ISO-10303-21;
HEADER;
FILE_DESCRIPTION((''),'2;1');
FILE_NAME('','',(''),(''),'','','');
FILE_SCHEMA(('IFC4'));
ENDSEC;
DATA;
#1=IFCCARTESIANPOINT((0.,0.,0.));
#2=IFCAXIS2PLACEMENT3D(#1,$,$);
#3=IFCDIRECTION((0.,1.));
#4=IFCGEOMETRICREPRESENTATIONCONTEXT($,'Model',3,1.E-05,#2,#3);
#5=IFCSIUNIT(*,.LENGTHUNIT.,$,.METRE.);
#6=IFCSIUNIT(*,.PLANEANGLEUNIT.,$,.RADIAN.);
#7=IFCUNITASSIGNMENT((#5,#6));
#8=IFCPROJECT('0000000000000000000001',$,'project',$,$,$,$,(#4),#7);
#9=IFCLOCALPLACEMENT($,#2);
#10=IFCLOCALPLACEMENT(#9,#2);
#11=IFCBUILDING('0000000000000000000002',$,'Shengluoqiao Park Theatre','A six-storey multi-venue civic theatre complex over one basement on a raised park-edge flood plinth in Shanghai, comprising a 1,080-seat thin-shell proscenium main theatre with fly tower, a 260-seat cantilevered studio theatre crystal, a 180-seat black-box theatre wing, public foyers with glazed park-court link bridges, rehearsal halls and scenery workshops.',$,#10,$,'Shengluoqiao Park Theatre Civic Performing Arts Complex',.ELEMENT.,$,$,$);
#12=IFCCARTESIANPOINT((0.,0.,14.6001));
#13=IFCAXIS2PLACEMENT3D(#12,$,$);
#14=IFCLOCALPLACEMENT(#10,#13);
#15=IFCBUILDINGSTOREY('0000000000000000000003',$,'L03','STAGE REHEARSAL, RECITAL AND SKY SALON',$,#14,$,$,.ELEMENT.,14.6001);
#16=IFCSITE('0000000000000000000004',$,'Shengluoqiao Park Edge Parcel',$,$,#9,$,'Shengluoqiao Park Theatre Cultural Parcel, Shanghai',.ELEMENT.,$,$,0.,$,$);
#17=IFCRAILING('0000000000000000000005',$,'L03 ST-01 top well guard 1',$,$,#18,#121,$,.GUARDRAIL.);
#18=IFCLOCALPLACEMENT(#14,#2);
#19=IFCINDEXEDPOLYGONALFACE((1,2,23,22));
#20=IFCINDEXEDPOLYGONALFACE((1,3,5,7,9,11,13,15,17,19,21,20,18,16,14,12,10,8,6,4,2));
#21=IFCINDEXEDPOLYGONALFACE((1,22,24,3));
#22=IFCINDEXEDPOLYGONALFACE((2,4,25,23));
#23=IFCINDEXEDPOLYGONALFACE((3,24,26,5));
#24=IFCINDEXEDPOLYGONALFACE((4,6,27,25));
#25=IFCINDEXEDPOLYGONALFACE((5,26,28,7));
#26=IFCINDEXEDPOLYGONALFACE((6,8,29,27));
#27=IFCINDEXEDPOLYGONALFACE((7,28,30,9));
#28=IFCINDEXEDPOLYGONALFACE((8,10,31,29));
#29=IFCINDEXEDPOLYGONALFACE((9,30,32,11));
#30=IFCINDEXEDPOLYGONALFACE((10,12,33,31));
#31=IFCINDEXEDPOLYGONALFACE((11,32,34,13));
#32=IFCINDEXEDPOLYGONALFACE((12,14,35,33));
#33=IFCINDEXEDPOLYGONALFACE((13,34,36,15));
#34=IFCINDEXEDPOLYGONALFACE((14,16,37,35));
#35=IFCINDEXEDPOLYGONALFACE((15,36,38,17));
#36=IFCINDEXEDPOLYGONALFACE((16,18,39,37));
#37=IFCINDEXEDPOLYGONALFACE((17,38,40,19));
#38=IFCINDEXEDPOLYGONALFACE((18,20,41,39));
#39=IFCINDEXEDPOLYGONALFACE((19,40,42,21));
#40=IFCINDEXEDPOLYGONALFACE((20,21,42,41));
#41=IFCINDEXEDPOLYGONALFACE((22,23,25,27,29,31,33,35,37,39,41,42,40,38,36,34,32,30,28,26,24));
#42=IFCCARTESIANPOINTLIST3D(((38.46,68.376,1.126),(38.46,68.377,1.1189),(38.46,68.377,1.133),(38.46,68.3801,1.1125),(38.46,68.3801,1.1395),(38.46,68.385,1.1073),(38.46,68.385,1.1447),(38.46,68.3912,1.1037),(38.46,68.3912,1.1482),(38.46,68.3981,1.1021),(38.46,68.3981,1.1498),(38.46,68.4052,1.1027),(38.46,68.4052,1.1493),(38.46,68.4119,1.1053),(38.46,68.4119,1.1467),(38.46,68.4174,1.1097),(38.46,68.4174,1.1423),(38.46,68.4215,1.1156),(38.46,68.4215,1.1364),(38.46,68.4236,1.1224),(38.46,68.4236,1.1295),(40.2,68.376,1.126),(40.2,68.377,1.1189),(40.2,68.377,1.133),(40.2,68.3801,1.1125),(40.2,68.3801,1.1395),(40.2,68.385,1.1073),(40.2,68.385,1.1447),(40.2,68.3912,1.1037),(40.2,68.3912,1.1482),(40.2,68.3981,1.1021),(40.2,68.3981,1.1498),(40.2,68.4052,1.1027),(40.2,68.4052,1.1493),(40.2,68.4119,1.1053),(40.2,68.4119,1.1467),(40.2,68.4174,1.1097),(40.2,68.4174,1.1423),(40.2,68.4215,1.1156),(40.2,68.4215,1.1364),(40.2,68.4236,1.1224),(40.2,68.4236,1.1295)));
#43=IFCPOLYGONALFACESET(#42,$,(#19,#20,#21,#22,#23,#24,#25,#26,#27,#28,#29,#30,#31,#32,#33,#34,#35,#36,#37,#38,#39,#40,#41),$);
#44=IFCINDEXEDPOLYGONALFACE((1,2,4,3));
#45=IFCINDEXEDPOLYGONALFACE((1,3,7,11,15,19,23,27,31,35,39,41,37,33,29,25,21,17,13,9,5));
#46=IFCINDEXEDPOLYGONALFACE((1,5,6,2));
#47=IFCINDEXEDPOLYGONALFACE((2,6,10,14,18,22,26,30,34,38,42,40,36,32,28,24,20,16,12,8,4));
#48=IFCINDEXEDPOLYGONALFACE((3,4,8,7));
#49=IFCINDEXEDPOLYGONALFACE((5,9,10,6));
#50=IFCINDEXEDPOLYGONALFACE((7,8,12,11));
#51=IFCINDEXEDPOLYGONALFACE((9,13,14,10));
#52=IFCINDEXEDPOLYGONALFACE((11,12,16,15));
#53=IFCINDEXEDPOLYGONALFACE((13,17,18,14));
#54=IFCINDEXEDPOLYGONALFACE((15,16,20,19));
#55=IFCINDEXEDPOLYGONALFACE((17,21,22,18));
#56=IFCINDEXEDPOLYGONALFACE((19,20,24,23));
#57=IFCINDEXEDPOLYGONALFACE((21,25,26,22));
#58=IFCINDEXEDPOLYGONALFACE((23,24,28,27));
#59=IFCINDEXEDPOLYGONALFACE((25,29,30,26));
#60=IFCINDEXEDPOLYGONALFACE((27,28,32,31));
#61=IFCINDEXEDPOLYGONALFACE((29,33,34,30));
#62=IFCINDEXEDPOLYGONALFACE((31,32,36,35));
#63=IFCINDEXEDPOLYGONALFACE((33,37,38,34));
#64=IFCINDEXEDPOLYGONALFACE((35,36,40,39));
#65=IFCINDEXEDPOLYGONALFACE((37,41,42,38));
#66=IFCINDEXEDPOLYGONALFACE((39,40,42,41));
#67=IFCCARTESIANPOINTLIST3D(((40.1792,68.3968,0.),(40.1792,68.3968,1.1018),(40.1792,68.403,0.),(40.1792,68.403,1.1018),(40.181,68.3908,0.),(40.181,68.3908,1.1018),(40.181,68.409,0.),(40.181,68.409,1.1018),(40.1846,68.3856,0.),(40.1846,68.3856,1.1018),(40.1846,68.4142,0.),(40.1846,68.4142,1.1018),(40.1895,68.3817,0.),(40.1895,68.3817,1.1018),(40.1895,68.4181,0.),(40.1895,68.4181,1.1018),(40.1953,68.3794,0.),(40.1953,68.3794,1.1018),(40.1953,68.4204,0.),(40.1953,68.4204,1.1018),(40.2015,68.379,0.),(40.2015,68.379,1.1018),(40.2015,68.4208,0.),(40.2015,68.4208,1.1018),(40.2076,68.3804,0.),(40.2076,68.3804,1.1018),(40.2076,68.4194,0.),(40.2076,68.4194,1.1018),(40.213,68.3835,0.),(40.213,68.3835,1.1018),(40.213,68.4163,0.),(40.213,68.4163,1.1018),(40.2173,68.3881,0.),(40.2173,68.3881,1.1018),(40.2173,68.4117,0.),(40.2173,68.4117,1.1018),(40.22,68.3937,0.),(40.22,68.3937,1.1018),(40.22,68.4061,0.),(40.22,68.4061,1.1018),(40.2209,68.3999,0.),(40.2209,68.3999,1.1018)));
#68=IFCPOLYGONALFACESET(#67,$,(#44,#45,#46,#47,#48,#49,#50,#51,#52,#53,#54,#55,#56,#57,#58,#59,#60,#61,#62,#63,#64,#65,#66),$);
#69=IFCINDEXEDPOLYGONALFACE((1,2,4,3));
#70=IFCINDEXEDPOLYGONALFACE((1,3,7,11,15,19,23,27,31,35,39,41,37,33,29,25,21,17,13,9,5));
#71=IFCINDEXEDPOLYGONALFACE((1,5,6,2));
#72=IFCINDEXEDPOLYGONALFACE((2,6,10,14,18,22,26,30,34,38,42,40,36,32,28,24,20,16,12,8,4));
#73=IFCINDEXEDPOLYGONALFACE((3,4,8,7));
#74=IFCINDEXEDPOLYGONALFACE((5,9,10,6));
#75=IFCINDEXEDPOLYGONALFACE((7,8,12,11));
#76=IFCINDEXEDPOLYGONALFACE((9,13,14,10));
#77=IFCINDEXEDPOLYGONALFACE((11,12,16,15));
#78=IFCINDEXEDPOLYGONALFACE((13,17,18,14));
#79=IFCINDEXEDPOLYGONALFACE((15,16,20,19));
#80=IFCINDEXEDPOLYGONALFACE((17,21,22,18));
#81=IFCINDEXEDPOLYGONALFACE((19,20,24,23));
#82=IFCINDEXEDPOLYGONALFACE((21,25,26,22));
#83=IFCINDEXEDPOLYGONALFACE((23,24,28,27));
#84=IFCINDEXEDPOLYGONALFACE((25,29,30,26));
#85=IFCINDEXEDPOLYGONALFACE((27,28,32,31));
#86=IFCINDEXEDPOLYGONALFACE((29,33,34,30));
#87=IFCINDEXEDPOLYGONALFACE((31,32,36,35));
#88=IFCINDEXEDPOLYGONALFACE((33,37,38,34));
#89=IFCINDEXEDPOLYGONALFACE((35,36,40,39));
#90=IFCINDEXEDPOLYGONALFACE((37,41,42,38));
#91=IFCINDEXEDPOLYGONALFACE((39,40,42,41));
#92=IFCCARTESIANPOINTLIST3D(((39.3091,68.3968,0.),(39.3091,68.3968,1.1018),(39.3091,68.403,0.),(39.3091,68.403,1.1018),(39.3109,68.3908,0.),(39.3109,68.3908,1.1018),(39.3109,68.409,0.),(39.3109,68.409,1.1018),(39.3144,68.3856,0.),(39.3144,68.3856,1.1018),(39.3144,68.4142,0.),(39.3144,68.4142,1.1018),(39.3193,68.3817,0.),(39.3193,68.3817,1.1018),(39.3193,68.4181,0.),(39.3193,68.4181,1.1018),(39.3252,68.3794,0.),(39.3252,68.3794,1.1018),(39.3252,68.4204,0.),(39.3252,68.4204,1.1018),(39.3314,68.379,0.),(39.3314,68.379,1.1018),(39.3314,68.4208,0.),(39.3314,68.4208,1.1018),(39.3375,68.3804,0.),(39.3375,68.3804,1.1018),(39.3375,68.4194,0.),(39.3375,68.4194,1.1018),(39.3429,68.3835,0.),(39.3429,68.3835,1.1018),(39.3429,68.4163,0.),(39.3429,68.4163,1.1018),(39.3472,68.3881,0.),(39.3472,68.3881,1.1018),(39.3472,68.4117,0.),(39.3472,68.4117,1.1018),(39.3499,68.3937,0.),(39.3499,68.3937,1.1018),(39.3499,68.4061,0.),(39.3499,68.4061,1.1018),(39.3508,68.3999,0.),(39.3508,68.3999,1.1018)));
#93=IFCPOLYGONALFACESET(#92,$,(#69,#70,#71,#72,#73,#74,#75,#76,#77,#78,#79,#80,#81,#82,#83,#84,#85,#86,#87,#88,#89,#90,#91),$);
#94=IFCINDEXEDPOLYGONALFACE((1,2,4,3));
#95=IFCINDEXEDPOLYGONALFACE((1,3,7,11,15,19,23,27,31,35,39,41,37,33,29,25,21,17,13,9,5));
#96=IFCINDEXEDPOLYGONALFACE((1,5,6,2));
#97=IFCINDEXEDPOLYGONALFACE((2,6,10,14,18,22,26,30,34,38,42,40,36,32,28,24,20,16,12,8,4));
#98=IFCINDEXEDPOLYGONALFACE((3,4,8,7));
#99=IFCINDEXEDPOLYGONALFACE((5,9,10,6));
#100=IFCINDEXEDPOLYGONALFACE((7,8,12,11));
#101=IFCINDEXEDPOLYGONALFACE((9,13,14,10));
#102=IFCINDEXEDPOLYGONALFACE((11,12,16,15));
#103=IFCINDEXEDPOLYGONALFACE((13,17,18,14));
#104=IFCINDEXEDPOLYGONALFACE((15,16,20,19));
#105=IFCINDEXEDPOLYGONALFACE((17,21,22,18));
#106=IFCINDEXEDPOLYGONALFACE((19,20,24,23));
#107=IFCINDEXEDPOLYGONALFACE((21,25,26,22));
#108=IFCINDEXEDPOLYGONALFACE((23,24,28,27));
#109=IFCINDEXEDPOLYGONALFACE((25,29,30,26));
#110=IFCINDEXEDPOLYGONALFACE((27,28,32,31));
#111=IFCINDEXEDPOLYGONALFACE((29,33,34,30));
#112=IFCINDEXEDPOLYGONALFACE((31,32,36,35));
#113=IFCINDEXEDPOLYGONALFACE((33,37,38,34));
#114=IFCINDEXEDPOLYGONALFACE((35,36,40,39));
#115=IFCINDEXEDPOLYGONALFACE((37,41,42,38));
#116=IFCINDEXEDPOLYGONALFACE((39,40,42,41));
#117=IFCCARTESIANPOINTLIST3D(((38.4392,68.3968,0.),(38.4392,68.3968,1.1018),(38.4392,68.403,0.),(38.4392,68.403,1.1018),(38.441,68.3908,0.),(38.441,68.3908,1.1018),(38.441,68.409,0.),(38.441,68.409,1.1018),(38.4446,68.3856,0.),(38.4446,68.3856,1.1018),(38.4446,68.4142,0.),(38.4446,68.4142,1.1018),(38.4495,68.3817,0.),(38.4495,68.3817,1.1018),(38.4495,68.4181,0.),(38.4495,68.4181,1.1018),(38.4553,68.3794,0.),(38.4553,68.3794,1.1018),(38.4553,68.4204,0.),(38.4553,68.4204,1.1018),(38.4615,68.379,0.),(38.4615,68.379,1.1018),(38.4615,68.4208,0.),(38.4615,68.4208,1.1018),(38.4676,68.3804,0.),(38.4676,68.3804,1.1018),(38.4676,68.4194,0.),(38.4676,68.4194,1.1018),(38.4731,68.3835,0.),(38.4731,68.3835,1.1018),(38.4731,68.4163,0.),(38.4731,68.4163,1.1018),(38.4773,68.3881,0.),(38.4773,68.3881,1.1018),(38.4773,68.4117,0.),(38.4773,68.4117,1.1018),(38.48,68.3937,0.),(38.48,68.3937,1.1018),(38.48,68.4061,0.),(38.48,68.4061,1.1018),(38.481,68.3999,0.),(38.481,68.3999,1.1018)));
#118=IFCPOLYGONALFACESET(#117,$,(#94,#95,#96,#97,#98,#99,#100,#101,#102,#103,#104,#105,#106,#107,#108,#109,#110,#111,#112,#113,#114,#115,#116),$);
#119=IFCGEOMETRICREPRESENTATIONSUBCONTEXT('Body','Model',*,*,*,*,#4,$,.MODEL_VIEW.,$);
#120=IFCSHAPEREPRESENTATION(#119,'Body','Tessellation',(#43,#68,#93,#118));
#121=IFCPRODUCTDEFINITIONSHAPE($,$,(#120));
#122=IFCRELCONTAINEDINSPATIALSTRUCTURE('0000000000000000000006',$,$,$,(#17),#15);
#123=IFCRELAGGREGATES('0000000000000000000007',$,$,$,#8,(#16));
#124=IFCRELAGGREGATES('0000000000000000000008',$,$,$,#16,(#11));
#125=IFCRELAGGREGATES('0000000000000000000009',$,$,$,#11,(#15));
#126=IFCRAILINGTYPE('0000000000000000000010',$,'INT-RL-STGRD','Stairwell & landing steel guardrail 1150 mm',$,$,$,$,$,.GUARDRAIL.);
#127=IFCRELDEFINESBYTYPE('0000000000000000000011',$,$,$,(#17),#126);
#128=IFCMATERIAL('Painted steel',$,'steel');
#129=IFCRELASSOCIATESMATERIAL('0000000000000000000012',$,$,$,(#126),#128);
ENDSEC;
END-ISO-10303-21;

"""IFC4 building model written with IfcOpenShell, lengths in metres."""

from ifc_helpers import new_model, si_unit, direction, frame, origin, origin_2d, place, context, subcontext, project, spatial, circle, extrude, material, type_object, element, save


model = new_model("IFC4")

# Units and contexts
model_context = context("Model", 3, precision=1e-05, world=origin(), true_north=direction((0.0, 1.0)))
body_context = subcontext(model_context, "Body", "Model", "MODEL_VIEW")
ifc_project = project(units=[si_unit("LENGTHUNIT", "METRE"), si_unit("PLANEANGLEUNIT", "RADIAN")], contexts=[model_context])

# Site, building, storey
site_placement = place(None, origin())
site = spatial("IfcSite", under=ifc_project, at=site_placement, Name="Shengluoqiao Park Edge Parcel", LongName="Shengluoqiao Park Theatre Cultural Parcel, Shanghai", CompositionType="ELEMENT", RefElevation=0.0)
building_placement = place(site_placement, origin())
building = spatial("IfcBuilding", under=site, at=building_placement, Name="Shengluoqiao Park Theatre", Description="A six-storey multi-venue civic theatre complex over one basement on a raised park-edge flood plinth in Shanghai, comprising a 1,080-seat thin-shell proscenium main theatre with fly tower, a 260-seat cantilevered studio theatre crystal, a 180-seat black-box theatre wing, public foyers with glazed park-court link bridges, rehearsal halls and scenery workshops.", LongName="Shengluoqiao Park Theatre Civic Performing Arts Complex", CompositionType="ELEMENT")
storey_placement = place(building_placement, frame((0.0, 0.0, 14.6001)))
storey = spatial("IfcBuildingStorey", under=building, at=storey_placement, Name="L03", Description="STAGE REHEARSAL, RECITAL AND SKY SALON", CompositionType="ELEMENT", Elevation=14.6001)

# Railing
ifc_material_1 = material(Name="Painted steel", Category="steel")
railing_type_1 = type_object("IfcRailingType", Name="INT-RL-STGRD", Description="Stairwell & landing steel guardrail 1150 mm", PredefinedType="GUARDRAIL", material=ifc_material_1)
railing_1_placement = place(storey_placement, frame((40.2, 68.3999, 0.0)))
element("IfcRailing", 1, at=railing_1_placement, inside=storey, type_object=railing_type_1, Name="L03 ST-01 top well guard 1", PredefinedType="GUARDRAIL", context=body_context, shape_type="SweptSolid", body=[
    extrude(circle(Radius=0.0239, at=origin_2d()), frame((0.0, 0.0, 1.126), z_axis=(-1.0, 0.0, 0.0), x_axis=(0.0, -1.0, 0.0)), (0.0, 0.0, 1.0), 1.74),
    extrude(circle(Radius=0.021, at=origin_2d()), origin(), (0.0, 0.0, 1.0), 1.1018),
    extrude(circle(Radius=0.021, at=origin_2d()), frame((-0.8701, 0.0, 0.0)), (0.0, 0.0, 1.0), 1.1018),
    extrude(circle(Radius=0.021, at=origin_2d()), frame((-1.74, 0.0, 0.0)), (0.0, 0.0, 1.0), 1.1018),
])

save(model, "model.ifc")
